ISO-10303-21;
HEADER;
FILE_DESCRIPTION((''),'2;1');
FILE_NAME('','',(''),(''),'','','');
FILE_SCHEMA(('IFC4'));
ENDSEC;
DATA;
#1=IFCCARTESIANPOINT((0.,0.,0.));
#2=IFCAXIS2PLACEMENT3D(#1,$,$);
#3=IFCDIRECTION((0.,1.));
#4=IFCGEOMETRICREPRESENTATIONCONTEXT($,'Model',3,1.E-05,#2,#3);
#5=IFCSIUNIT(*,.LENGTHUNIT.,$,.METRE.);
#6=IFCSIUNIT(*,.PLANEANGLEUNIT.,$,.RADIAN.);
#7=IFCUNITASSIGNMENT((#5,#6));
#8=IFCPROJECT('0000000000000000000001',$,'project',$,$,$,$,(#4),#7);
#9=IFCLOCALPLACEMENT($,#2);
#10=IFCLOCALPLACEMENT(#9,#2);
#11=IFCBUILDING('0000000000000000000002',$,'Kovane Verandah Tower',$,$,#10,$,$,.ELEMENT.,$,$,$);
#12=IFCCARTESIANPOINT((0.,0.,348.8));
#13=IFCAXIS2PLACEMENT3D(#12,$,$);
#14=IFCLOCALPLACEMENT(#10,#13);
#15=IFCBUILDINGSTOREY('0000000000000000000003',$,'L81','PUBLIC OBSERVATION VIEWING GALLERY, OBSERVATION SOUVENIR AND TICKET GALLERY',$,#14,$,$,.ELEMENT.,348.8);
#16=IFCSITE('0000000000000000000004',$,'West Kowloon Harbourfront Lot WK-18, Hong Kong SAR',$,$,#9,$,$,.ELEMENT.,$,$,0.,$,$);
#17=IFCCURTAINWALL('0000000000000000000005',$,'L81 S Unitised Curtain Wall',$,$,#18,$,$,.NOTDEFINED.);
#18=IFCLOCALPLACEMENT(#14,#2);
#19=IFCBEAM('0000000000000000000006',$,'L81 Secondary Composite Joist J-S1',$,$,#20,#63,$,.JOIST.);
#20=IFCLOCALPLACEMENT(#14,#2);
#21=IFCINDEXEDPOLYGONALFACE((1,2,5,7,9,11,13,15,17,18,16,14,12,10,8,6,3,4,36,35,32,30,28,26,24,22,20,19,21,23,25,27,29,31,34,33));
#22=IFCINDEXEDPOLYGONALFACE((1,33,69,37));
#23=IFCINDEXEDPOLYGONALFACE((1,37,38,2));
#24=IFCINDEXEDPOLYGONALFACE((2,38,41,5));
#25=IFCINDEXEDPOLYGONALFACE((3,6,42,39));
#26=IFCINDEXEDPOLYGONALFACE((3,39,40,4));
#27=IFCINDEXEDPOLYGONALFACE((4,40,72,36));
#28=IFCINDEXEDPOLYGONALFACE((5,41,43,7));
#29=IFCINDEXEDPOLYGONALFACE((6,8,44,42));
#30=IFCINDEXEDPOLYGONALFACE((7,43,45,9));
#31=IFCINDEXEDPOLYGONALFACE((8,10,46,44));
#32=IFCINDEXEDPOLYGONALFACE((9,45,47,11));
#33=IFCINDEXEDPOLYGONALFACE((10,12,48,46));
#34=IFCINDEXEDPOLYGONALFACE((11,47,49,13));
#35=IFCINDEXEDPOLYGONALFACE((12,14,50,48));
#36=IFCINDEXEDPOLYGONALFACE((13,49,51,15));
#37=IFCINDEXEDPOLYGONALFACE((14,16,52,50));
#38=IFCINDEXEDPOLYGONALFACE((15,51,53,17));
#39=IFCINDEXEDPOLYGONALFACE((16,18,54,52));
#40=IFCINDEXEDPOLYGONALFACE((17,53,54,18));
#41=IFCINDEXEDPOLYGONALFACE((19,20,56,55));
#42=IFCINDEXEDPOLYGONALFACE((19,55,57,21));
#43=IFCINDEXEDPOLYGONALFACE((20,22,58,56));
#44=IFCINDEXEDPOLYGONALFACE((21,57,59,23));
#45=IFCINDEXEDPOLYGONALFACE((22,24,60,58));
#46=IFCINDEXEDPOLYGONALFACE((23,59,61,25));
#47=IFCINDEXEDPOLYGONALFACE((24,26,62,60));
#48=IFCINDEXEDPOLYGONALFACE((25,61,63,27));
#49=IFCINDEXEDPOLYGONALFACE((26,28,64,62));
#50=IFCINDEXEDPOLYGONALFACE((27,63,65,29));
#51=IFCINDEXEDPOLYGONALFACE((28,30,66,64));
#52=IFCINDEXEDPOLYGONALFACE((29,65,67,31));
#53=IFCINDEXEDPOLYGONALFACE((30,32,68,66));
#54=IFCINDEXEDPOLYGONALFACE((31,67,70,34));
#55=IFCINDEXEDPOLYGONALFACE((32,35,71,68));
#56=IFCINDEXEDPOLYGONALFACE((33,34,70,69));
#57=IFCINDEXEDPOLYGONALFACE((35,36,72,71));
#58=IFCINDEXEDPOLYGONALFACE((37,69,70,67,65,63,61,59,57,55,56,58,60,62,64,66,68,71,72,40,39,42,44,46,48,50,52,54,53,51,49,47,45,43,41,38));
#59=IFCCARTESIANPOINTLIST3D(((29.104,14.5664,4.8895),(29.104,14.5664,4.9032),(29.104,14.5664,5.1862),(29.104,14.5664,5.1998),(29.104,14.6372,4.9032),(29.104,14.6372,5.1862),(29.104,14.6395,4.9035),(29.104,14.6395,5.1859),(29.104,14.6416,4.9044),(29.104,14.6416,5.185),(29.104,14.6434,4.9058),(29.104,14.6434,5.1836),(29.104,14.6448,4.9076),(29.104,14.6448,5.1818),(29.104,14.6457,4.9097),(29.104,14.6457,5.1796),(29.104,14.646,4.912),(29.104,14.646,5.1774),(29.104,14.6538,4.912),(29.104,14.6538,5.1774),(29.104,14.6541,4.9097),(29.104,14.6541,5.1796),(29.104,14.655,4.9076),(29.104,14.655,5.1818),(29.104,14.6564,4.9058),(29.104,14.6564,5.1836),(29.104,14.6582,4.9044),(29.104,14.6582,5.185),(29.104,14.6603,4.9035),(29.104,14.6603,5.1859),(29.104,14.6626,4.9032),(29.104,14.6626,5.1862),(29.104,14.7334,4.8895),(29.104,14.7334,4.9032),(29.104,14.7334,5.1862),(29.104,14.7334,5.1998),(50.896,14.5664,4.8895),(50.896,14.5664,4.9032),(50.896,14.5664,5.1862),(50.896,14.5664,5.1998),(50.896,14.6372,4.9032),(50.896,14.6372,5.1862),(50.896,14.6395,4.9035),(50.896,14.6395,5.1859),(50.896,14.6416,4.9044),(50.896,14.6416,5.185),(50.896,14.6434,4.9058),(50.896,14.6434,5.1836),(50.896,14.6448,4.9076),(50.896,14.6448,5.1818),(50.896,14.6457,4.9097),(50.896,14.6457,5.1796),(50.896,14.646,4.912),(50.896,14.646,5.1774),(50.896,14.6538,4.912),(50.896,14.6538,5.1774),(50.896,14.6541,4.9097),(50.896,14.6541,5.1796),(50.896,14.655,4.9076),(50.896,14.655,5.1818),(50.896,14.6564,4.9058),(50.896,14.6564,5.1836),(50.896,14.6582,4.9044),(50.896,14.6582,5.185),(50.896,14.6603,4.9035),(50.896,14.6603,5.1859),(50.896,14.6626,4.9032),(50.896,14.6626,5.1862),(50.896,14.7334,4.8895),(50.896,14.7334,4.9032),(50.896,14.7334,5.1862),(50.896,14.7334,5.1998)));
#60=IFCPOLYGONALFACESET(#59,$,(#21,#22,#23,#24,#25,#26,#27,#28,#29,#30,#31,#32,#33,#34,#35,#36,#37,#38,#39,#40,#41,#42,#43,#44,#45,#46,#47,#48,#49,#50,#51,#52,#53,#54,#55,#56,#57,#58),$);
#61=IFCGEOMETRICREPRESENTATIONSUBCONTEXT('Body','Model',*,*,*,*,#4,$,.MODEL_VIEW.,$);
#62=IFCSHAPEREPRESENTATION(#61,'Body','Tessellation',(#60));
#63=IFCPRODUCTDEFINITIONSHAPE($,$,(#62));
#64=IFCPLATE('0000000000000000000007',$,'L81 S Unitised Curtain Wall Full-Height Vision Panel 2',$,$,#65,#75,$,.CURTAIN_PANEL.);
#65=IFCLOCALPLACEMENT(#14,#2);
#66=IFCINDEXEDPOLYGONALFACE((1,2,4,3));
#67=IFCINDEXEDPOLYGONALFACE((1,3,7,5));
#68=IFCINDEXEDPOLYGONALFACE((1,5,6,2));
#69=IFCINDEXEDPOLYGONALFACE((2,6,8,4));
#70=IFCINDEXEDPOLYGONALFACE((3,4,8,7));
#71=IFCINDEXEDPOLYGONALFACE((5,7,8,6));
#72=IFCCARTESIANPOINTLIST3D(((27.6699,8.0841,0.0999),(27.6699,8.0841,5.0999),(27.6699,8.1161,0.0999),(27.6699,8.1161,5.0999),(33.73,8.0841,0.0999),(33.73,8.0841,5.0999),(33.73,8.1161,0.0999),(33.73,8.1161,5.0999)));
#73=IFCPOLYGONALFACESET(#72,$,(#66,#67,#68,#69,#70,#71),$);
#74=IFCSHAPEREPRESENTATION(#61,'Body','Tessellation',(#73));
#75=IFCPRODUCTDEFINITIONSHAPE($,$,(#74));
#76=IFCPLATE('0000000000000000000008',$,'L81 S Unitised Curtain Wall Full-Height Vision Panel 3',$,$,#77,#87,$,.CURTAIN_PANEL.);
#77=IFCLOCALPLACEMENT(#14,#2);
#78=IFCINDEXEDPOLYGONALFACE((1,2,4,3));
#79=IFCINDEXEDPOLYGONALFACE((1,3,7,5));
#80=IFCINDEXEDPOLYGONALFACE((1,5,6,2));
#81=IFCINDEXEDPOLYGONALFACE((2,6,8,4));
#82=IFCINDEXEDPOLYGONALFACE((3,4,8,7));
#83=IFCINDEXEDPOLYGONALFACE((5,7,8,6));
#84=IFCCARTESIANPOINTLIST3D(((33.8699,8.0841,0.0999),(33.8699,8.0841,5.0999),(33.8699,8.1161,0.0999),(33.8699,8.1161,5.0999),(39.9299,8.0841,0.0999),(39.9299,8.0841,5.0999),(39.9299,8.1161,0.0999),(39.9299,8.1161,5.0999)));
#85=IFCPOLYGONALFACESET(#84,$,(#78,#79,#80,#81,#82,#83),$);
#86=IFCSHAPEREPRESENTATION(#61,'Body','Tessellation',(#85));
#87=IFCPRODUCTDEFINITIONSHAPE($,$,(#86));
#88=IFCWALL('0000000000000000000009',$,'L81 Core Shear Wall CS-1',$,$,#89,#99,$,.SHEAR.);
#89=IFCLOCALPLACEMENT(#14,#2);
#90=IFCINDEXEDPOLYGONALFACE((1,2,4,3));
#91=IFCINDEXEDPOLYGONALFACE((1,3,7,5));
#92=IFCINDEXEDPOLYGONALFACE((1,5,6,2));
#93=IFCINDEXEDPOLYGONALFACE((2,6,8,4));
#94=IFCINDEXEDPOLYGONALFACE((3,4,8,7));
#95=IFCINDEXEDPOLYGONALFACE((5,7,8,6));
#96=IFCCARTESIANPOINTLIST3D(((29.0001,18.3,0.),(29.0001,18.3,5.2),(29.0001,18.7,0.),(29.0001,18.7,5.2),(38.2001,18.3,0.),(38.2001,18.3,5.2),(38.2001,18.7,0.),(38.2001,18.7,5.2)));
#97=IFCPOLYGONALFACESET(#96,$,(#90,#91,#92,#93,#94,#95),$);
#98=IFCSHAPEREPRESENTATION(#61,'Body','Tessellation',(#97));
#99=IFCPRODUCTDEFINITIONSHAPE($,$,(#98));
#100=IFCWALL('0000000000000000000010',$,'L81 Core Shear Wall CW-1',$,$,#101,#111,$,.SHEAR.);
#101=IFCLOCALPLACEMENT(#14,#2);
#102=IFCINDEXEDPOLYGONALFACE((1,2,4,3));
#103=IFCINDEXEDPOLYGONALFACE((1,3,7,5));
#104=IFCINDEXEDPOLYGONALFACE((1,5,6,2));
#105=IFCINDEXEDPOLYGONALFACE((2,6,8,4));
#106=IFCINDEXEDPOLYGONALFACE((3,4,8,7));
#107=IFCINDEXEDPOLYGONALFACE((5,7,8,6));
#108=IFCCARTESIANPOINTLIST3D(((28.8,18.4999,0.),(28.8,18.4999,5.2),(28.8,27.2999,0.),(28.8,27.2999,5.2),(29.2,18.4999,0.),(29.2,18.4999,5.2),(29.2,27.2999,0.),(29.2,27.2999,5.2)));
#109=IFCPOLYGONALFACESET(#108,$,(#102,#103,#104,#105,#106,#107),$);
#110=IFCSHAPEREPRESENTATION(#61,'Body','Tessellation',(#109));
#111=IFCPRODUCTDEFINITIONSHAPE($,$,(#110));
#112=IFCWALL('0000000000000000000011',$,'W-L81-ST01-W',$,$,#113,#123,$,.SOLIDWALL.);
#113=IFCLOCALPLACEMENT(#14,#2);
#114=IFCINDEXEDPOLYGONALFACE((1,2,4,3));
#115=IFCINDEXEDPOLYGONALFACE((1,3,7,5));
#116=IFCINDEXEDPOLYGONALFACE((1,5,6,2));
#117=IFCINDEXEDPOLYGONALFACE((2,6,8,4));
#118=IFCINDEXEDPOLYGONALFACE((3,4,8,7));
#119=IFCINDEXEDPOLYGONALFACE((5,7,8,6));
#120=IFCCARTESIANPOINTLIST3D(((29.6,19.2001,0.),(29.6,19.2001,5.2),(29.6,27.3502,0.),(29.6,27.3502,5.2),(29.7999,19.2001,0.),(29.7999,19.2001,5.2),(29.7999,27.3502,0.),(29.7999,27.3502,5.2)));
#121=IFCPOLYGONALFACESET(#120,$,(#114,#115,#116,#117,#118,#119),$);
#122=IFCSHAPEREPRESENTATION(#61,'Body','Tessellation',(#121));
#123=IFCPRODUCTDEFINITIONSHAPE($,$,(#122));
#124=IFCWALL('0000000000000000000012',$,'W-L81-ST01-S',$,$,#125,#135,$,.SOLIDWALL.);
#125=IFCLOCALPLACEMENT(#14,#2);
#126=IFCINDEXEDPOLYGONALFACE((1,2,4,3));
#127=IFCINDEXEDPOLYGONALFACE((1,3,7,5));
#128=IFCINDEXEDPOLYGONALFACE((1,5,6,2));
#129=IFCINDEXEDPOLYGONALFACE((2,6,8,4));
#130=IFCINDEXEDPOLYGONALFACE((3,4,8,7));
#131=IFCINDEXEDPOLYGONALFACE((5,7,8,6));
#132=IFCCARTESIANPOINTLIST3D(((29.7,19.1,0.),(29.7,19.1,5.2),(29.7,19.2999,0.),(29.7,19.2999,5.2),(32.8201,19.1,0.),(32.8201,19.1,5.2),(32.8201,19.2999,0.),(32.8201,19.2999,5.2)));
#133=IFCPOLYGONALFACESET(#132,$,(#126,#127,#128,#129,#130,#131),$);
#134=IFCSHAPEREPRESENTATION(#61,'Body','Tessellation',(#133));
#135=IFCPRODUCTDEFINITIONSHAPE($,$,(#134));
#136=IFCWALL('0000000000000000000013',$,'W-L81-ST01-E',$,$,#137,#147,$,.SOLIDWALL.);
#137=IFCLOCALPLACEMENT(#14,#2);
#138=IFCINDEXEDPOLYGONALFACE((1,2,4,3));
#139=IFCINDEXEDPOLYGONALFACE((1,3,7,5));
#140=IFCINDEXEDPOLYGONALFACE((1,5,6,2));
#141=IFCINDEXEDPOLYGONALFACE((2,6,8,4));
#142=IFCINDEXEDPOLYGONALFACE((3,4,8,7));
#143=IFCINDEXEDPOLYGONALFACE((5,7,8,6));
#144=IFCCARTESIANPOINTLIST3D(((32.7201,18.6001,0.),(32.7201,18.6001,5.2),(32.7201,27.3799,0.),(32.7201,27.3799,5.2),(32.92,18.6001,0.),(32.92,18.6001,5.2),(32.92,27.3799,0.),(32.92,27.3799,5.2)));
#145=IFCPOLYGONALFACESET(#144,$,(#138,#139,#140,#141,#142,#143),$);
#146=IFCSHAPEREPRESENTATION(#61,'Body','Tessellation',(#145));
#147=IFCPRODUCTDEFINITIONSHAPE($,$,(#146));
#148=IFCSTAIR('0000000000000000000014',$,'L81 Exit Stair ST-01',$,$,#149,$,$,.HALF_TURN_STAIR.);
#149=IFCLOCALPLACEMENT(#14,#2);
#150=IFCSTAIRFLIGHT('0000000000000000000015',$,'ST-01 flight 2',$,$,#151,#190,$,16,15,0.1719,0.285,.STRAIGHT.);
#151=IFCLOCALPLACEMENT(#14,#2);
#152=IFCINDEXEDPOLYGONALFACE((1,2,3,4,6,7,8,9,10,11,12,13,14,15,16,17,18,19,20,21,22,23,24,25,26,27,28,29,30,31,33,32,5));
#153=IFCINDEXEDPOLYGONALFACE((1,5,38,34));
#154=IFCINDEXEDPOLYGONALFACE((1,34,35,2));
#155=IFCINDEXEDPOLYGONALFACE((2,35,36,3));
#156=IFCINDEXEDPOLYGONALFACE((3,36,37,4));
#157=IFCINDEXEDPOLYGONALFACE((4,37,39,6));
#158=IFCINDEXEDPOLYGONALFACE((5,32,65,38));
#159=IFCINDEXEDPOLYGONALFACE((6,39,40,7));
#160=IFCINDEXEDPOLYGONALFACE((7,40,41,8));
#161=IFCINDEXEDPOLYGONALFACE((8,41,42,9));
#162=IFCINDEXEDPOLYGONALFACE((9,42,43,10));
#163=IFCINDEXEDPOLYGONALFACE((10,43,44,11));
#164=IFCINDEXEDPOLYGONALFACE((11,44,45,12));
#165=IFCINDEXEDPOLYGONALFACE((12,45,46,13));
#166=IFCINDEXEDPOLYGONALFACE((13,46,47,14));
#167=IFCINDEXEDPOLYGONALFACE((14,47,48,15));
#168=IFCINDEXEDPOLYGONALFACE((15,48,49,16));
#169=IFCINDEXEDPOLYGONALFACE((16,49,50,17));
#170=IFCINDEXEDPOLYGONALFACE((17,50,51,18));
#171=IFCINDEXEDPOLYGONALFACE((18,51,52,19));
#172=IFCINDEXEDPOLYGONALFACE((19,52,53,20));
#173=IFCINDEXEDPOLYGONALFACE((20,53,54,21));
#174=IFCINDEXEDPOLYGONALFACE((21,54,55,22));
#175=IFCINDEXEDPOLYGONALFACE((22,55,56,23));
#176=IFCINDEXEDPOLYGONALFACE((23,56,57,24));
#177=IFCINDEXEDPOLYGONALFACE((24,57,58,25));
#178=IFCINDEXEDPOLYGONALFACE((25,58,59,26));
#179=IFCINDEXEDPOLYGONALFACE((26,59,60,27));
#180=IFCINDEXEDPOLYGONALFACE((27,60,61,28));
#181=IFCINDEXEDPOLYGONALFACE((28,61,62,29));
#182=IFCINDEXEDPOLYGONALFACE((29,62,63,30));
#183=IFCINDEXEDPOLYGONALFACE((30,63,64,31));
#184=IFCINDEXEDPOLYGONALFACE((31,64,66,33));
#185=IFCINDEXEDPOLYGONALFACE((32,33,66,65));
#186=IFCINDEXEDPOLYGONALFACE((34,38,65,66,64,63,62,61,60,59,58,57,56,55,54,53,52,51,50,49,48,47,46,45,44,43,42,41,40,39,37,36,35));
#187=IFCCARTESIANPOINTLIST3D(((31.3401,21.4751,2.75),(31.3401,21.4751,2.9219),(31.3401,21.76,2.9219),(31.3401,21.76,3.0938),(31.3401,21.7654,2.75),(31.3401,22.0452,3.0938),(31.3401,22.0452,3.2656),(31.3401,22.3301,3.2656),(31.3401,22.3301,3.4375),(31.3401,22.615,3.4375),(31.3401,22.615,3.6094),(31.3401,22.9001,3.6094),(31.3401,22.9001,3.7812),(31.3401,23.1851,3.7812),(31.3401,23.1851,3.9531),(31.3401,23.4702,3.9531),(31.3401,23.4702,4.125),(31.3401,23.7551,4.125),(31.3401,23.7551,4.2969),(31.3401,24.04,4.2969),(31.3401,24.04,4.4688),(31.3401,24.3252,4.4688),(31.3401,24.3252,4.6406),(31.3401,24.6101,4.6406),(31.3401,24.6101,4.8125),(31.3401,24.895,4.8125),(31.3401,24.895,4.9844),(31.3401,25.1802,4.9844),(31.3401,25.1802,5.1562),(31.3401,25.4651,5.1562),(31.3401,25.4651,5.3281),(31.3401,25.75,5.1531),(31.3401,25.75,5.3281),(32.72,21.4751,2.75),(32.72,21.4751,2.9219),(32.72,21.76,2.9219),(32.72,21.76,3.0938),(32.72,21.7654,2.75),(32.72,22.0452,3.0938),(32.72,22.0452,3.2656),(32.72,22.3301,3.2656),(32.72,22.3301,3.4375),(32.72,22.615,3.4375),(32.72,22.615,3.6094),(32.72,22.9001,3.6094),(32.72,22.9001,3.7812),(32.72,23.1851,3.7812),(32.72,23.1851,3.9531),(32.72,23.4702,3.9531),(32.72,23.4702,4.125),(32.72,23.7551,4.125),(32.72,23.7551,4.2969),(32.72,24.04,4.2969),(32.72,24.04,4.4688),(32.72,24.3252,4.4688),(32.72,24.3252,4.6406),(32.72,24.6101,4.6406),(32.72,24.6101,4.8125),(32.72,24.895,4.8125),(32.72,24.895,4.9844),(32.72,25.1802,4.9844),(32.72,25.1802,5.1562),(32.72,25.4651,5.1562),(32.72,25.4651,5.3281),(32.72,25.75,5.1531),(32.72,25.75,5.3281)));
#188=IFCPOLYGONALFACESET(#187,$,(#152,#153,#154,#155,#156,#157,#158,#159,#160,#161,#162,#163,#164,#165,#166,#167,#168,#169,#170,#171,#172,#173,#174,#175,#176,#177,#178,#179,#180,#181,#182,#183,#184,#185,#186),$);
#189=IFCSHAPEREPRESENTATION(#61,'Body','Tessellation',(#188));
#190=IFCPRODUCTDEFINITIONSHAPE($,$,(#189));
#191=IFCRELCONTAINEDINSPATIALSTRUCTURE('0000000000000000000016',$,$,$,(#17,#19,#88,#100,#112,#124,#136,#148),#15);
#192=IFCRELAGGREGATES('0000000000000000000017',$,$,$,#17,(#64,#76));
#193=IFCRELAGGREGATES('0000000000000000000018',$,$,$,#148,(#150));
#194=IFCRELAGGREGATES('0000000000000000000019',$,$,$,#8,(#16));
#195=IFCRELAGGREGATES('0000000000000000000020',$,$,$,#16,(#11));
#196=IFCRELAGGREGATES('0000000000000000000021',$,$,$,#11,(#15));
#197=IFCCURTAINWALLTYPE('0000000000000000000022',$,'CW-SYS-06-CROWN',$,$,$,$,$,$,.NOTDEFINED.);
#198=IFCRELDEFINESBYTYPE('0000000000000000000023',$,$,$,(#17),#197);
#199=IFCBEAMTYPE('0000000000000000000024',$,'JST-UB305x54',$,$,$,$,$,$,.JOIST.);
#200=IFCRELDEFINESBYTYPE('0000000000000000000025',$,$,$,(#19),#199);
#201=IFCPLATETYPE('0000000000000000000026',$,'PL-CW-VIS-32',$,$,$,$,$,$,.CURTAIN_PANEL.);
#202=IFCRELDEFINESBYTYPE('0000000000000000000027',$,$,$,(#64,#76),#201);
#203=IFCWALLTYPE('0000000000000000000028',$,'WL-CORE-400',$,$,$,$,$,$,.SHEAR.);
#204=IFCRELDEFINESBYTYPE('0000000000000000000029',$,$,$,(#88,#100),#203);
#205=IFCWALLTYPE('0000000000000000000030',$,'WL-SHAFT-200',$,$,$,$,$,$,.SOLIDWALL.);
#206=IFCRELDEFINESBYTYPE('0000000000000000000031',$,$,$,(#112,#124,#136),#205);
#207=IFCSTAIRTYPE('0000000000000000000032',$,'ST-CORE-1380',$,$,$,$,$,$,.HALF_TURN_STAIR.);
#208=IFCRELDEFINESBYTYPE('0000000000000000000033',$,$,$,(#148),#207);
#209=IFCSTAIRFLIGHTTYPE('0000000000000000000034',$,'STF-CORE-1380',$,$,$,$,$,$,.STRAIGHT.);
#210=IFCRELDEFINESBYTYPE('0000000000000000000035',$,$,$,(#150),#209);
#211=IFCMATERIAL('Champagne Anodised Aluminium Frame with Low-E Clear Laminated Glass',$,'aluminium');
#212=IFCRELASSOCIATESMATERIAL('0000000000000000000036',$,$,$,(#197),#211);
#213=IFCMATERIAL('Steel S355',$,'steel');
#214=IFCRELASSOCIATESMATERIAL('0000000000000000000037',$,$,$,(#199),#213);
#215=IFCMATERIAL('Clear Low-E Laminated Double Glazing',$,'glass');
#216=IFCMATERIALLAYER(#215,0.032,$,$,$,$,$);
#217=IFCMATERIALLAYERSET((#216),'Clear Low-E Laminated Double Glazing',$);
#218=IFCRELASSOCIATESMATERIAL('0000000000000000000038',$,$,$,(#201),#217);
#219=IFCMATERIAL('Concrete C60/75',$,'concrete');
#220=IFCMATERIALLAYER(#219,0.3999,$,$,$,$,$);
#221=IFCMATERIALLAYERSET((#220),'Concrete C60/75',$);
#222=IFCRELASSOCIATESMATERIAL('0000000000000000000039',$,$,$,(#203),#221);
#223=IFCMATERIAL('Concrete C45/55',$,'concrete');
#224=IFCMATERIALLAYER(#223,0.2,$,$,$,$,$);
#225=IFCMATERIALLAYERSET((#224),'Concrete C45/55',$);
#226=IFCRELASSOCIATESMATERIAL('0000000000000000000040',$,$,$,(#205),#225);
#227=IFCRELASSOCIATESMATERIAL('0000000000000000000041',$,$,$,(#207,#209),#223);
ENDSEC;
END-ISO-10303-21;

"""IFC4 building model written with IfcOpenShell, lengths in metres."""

from ifc_helpers import new_model, si_unit, direction, frame, frame_2d, origin, origin_2d, place, context, subcontext, project, spatial, polyline, rectangle, i_section, outline, extrude, material, layer, layer_set, material_profile, profile_set, type_object, element, aggregate, save


model = new_model("IFC4")

# Units and contexts
model_context = context("Model", 3, precision=1e-05, world=origin(), true_north=direction((0.0, 1.0)))
body_context = subcontext(model_context, "Body", "Model", "MODEL_VIEW")
ifc_project = project(units=[si_unit("LENGTHUNIT", "METRE"), si_unit("PLANEANGLEUNIT", "RADIAN")], contexts=[model_context])

# Site, building, storey
site_placement = place(None, origin())
site = spatial("IfcSite", under=ifc_project, at=site_placement, Name="West Kowloon Harbourfront Lot WK-18, Hong Kong SAR", CompositionType="ELEMENT", RefElevation=0.0)
building_placement = place(site_placement, origin())
building = spatial("IfcBuilding", under=site, at=building_placement, Name="Kovane Verandah Tower", CompositionType="ELEMENT")
storey_placement = place(building_placement, frame((0.0, 0.0, 348.8)))
storey = spatial("IfcBuildingStorey", under=building, at=storey_placement, Name="L81", Description="PUBLIC OBSERVATION VIEWING GALLERY, OBSERVATION SOUVENIR AND TICKET GALLERY", CompositionType="ELEMENT", Elevation=348.8)

# Shared definitions
ifc_material_1 = material(Name="Steel S355", Category="steel")
ifc_material_2 = material(Name="Concrete C60/75", Category="concrete")

# Curtain wall
ifc_material_3 = material(Name="Champagne Anodised Aluminium Frame with Low-E Clear Laminated Glass", Category="aluminium")
curtain_wall_type = type_object("IfcCurtainWallType", Name="CW-SYS-06-CROWN", PredefinedType="NOTDEFINED", material=ifc_material_3)
curtain_wall_placement = place(storey_placement, origin())
curtain_wall = element("IfcCurtainWall", 1, at=curtain_wall_placement, inside=storey, type_object=curtain_wall_type, Name="L81 S Unitised Curtain Wall", PredefinedType="NOTDEFINED")

# Beam
ifc_material_profile_1 = material_profile(ifc_material_1, i_section(OverallWidth=0.167, OverallDepth=0.3103, WebThickness=0.0078, FlangeThickness=0.0137, FilletRadius=0.0088, at=origin_2d()), Name="UB305x165x54")
ifc_profile_set_1 = profile_set([ifc_material_profile_1], Name="Steel S355")
beam_type_1 = type_object("IfcBeamType", Name="JST-UB305x54", PredefinedType="JOIST", material=ifc_profile_set_1)
beam_1_placement = place(storey_placement, frame((29.104, 14.6499, 5.0447), z_axis=(1.0, 0.0, 0.0), x_axis=(0.0, 1.0, 0.0)))
element("IfcBeam", 2, at=beam_1_placement, inside=storey, type_object=beam_type_1, Name="L81 Secondary Composite Joist J-S1", PredefinedType="JOIST", context=body_context, shape_type="SweptSolid", body=[
    extrude(i_section(OverallWidth=0.167, OverallDepth=0.3103, WebThickness=0.0078, FlangeThickness=0.0137, FilletRadius=0.0088, at=origin_2d()), origin(), (0.0, 0.0, 1.0), 21.792),
])

# Plates
ifc_material_4 = material(Name="Clear Low-E Laminated Double Glazing", Category="glass")
ifc_layer_1 = layer(ifc_material_4, 0.032)
ifc_layer_set_1 = layer_set([ifc_layer_1], Name="Clear Low-E Laminated Double Glazing")
plate_type = type_object("IfcPlateType", Name="PL-CW-VIS-32", PredefinedType="CURTAIN_PANEL", material=ifc_layer_set_1)
plate_1_placement = place(storey_placement, frame((30.7, 8.1001, 0.0999), z_axis=(0.0, 0.0, 1.0), x_axis=(1.0, 0.0, 0.0)))
plate_1 = element("IfcPlate", 3, at=plate_1_placement, type_object=plate_type, Name="L81 S Unitised Curtain Wall Full-Height Vision Panel 2", PredefinedType="CURTAIN_PANEL", context=body_context, shape_type="SweptSolid", body=[
    extrude(rectangle(XDim=6.0601, YDim=0.032, at=origin_2d()), origin(), (0.0, 0.0, 1.0), 5.0),
])
plate_2_placement = place(storey_placement, frame((36.8999, 8.1001, 0.0999), z_axis=(0.0, 0.0, 1.0), x_axis=(1.0, 0.0, 0.0)))
plate_2 = element("IfcPlate", 4, at=plate_2_placement, type_object=plate_type, Name="L81 S Unitised Curtain Wall Full-Height Vision Panel 3", PredefinedType="CURTAIN_PANEL", context=body_context, shape_type="SweptSolid", body=[
    extrude(rectangle(XDim=6.0601, YDim=0.032, at=origin_2d()), origin(), (0.0, 0.0, 1.0), 5.0),
])
aggregate(curtain_wall, [plate_1, plate_2])

# Walls
ifc_layer_2 = layer(ifc_material_2, 0.3999)
ifc_layer_set_2 = layer_set([ifc_layer_2], Name="Concrete C60/75")
wall_type_1 = type_object("IfcWallType", Name="WL-CORE-400", PredefinedType="SHEAR", material=ifc_layer_set_2)
wall_1_placement = place(storey_placement, frame((29.0, 18.5, 0.0), z_axis=(0.0, 0.0, 1.0), x_axis=(1.0, 0.0, 0.0)))
element("IfcWall", 5, at=wall_1_placement, inside=storey, type_object=wall_type_1, Name="L81 Core Shear Wall CS-1", PredefinedType="SHEAR", context=body_context, shape_type="SweptSolid", body=[
    extrude(rectangle(XDim=9.2, YDim=0.3999, at=frame_2d((4.6001, 0.0))), origin(), (0.0, 0.0, 1.0), 5.2),
])
wall_2_placement = place(storey_placement, frame((29.0, 18.5, 0.0), z_axis=(0.0, 0.0, 1.0), x_axis=(0.0, 1.0, 0.0)))
element("IfcWall", 6, at=wall_2_placement, inside=storey, type_object=wall_type_1, Name="L81 Core Shear Wall CW-1", PredefinedType="SHEAR", context=body_context, shape_type="SweptSolid", body=[
    extrude(rectangle(XDim=8.8, YDim=0.3999, at=frame_2d((4.3999, 0.0))), origin(), (0.0, 0.0, 1.0), 5.2),
])
ifc_material_5 = material(Name="Concrete C45/55", Category="concrete")
ifc_layer_3 = layer(ifc_material_5, 0.2)
ifc_layer_set_3 = layer_set([ifc_layer_3], Name="Concrete C45/55")
wall_type_2 = type_object("IfcWallType", Name="WL-SHAFT-200", PredefinedType="SOLIDWALL", material=ifc_layer_set_3)
wall_3_placement = place(storey_placement, frame((29.7, 19.2, 0.0), z_axis=(0.0, 0.0, 1.0), x_axis=(0.0, 1.0, 0.0)))
element("IfcWall", 7, at=wall_3_placement, inside=storey, type_object=wall_type_2, Name="W-L81-ST01-W", PredefinedType="SOLIDWALL", context=body_context, shape_type="SweptSolid", body=[
    extrude(rectangle(XDim=8.1501, YDim=0.2, at=frame_2d((4.0752, 0.0))), origin(), (0.0, 0.0, 1.0), 5.2),
])
wall_4_placement = place(storey_placement, frame((29.7, 19.2, 0.0), z_axis=(0.0, 0.0, 1.0), x_axis=(1.0, 0.0, 0.0)))
element("IfcWall", 8, at=wall_4_placement, inside=storey, type_object=wall_type_2, Name="W-L81-ST01-S", PredefinedType="SOLIDWALL", context=body_context, shape_type="SweptSolid", body=[
    extrude(rectangle(XDim=3.1201, YDim=0.2, at=frame_2d((1.5601, 0.0))), origin(), (0.0, 0.0, 1.0), 5.2),
])
wall_5_placement = place(storey_placement, frame((32.8201, 18.6001, 0.0), z_axis=(0.0, 0.0, 1.0), x_axis=(0.0, 1.0, 0.0)))
element("IfcWall", 9, at=wall_5_placement, inside=storey, type_object=wall_type_2, Name="W-L81-ST01-E", PredefinedType="SOLIDWALL", context=body_context, shape_type="SweptSolid", body=[
    extrude(rectangle(XDim=8.7798, YDim=0.2, at=frame_2d((4.3899, 0.0))), origin(), (0.0, 0.0, 1.0), 5.2),
])

# Stair, stair flight
stair_type = type_object("IfcStairType", Name="ST-CORE-1380", PredefinedType="HALF_TURN_STAIR", material=ifc_material_5)
stair_placement = place(storey_placement, origin())
stair = element("IfcStair", 10, at=stair_placement, inside=storey, type_object=stair_type, Name="L81 Exit Stair ST-01", PredefinedType="HALF_TURN_STAIR")
stair_flight_type = type_object("IfcStairFlightType", Name="STF-CORE-1380", PredefinedType="STRAIGHT", material=ifc_material_5)
stair_flight_placement = place(storey_placement, frame((32.03, 21.4751, 2.75), z_axis=(0.0, 0.0, 1.0), x_axis=(0.0, 1.0, 0.0)))
stair_flight = element("IfcStairFlight", 11, at=stair_flight_placement, type_object=stair_flight_type, Name="ST-01 flight 2", NumberOfRisers=16, NumberOfTreads=15, PredefinedType="STRAIGHT", RiserHeight=0.1719, TreadLength=0.285, context=body_context, shape_type="SweptSolid", body=[
    extrude(outline(polyline([(0.0, 0.0), (0.0, 0.1719), (0.2849, 0.1719), (0.2849, 0.3438), (0.5701, 0.3438), (0.5701, 0.5156), (0.855, 0.5156), (0.855, 0.6875), (1.1399, 0.6875), (1.1399, 0.8594), (1.425, 0.8594), (1.425, 1.0312), (1.71, 1.0312), (1.71, 1.2031), (1.9951, 1.2031), (1.9951, 1.375), (2.28, 1.375), (2.28, 1.5469), (2.5649, 1.5469), (2.5649, 1.7188), (2.8501, 1.7188), (2.8501, 1.8906), (3.135, 1.8906), (3.135, 2.0625), (3.4199, 2.0625), (3.4199, 2.2344), (3.7051, 2.2344), (3.7051, 2.4062), (3.99, 2.4062), (3.99, 2.5781), (4.2749, 2.5781), (4.2749, 2.75), (4.2749, 2.4031), (0.2903, 0.0), (0.0, 0.0)])), frame((0.0, 0.6899, 0.0), z_axis=(0.0, -1.0, 0.0), x_axis=(1.0, 0.0, 0.0)), (0.0, 0.0, 1.0), 1.3799),
])
aggregate(stair, [stair_flight])

save(model, "model.ifc")
